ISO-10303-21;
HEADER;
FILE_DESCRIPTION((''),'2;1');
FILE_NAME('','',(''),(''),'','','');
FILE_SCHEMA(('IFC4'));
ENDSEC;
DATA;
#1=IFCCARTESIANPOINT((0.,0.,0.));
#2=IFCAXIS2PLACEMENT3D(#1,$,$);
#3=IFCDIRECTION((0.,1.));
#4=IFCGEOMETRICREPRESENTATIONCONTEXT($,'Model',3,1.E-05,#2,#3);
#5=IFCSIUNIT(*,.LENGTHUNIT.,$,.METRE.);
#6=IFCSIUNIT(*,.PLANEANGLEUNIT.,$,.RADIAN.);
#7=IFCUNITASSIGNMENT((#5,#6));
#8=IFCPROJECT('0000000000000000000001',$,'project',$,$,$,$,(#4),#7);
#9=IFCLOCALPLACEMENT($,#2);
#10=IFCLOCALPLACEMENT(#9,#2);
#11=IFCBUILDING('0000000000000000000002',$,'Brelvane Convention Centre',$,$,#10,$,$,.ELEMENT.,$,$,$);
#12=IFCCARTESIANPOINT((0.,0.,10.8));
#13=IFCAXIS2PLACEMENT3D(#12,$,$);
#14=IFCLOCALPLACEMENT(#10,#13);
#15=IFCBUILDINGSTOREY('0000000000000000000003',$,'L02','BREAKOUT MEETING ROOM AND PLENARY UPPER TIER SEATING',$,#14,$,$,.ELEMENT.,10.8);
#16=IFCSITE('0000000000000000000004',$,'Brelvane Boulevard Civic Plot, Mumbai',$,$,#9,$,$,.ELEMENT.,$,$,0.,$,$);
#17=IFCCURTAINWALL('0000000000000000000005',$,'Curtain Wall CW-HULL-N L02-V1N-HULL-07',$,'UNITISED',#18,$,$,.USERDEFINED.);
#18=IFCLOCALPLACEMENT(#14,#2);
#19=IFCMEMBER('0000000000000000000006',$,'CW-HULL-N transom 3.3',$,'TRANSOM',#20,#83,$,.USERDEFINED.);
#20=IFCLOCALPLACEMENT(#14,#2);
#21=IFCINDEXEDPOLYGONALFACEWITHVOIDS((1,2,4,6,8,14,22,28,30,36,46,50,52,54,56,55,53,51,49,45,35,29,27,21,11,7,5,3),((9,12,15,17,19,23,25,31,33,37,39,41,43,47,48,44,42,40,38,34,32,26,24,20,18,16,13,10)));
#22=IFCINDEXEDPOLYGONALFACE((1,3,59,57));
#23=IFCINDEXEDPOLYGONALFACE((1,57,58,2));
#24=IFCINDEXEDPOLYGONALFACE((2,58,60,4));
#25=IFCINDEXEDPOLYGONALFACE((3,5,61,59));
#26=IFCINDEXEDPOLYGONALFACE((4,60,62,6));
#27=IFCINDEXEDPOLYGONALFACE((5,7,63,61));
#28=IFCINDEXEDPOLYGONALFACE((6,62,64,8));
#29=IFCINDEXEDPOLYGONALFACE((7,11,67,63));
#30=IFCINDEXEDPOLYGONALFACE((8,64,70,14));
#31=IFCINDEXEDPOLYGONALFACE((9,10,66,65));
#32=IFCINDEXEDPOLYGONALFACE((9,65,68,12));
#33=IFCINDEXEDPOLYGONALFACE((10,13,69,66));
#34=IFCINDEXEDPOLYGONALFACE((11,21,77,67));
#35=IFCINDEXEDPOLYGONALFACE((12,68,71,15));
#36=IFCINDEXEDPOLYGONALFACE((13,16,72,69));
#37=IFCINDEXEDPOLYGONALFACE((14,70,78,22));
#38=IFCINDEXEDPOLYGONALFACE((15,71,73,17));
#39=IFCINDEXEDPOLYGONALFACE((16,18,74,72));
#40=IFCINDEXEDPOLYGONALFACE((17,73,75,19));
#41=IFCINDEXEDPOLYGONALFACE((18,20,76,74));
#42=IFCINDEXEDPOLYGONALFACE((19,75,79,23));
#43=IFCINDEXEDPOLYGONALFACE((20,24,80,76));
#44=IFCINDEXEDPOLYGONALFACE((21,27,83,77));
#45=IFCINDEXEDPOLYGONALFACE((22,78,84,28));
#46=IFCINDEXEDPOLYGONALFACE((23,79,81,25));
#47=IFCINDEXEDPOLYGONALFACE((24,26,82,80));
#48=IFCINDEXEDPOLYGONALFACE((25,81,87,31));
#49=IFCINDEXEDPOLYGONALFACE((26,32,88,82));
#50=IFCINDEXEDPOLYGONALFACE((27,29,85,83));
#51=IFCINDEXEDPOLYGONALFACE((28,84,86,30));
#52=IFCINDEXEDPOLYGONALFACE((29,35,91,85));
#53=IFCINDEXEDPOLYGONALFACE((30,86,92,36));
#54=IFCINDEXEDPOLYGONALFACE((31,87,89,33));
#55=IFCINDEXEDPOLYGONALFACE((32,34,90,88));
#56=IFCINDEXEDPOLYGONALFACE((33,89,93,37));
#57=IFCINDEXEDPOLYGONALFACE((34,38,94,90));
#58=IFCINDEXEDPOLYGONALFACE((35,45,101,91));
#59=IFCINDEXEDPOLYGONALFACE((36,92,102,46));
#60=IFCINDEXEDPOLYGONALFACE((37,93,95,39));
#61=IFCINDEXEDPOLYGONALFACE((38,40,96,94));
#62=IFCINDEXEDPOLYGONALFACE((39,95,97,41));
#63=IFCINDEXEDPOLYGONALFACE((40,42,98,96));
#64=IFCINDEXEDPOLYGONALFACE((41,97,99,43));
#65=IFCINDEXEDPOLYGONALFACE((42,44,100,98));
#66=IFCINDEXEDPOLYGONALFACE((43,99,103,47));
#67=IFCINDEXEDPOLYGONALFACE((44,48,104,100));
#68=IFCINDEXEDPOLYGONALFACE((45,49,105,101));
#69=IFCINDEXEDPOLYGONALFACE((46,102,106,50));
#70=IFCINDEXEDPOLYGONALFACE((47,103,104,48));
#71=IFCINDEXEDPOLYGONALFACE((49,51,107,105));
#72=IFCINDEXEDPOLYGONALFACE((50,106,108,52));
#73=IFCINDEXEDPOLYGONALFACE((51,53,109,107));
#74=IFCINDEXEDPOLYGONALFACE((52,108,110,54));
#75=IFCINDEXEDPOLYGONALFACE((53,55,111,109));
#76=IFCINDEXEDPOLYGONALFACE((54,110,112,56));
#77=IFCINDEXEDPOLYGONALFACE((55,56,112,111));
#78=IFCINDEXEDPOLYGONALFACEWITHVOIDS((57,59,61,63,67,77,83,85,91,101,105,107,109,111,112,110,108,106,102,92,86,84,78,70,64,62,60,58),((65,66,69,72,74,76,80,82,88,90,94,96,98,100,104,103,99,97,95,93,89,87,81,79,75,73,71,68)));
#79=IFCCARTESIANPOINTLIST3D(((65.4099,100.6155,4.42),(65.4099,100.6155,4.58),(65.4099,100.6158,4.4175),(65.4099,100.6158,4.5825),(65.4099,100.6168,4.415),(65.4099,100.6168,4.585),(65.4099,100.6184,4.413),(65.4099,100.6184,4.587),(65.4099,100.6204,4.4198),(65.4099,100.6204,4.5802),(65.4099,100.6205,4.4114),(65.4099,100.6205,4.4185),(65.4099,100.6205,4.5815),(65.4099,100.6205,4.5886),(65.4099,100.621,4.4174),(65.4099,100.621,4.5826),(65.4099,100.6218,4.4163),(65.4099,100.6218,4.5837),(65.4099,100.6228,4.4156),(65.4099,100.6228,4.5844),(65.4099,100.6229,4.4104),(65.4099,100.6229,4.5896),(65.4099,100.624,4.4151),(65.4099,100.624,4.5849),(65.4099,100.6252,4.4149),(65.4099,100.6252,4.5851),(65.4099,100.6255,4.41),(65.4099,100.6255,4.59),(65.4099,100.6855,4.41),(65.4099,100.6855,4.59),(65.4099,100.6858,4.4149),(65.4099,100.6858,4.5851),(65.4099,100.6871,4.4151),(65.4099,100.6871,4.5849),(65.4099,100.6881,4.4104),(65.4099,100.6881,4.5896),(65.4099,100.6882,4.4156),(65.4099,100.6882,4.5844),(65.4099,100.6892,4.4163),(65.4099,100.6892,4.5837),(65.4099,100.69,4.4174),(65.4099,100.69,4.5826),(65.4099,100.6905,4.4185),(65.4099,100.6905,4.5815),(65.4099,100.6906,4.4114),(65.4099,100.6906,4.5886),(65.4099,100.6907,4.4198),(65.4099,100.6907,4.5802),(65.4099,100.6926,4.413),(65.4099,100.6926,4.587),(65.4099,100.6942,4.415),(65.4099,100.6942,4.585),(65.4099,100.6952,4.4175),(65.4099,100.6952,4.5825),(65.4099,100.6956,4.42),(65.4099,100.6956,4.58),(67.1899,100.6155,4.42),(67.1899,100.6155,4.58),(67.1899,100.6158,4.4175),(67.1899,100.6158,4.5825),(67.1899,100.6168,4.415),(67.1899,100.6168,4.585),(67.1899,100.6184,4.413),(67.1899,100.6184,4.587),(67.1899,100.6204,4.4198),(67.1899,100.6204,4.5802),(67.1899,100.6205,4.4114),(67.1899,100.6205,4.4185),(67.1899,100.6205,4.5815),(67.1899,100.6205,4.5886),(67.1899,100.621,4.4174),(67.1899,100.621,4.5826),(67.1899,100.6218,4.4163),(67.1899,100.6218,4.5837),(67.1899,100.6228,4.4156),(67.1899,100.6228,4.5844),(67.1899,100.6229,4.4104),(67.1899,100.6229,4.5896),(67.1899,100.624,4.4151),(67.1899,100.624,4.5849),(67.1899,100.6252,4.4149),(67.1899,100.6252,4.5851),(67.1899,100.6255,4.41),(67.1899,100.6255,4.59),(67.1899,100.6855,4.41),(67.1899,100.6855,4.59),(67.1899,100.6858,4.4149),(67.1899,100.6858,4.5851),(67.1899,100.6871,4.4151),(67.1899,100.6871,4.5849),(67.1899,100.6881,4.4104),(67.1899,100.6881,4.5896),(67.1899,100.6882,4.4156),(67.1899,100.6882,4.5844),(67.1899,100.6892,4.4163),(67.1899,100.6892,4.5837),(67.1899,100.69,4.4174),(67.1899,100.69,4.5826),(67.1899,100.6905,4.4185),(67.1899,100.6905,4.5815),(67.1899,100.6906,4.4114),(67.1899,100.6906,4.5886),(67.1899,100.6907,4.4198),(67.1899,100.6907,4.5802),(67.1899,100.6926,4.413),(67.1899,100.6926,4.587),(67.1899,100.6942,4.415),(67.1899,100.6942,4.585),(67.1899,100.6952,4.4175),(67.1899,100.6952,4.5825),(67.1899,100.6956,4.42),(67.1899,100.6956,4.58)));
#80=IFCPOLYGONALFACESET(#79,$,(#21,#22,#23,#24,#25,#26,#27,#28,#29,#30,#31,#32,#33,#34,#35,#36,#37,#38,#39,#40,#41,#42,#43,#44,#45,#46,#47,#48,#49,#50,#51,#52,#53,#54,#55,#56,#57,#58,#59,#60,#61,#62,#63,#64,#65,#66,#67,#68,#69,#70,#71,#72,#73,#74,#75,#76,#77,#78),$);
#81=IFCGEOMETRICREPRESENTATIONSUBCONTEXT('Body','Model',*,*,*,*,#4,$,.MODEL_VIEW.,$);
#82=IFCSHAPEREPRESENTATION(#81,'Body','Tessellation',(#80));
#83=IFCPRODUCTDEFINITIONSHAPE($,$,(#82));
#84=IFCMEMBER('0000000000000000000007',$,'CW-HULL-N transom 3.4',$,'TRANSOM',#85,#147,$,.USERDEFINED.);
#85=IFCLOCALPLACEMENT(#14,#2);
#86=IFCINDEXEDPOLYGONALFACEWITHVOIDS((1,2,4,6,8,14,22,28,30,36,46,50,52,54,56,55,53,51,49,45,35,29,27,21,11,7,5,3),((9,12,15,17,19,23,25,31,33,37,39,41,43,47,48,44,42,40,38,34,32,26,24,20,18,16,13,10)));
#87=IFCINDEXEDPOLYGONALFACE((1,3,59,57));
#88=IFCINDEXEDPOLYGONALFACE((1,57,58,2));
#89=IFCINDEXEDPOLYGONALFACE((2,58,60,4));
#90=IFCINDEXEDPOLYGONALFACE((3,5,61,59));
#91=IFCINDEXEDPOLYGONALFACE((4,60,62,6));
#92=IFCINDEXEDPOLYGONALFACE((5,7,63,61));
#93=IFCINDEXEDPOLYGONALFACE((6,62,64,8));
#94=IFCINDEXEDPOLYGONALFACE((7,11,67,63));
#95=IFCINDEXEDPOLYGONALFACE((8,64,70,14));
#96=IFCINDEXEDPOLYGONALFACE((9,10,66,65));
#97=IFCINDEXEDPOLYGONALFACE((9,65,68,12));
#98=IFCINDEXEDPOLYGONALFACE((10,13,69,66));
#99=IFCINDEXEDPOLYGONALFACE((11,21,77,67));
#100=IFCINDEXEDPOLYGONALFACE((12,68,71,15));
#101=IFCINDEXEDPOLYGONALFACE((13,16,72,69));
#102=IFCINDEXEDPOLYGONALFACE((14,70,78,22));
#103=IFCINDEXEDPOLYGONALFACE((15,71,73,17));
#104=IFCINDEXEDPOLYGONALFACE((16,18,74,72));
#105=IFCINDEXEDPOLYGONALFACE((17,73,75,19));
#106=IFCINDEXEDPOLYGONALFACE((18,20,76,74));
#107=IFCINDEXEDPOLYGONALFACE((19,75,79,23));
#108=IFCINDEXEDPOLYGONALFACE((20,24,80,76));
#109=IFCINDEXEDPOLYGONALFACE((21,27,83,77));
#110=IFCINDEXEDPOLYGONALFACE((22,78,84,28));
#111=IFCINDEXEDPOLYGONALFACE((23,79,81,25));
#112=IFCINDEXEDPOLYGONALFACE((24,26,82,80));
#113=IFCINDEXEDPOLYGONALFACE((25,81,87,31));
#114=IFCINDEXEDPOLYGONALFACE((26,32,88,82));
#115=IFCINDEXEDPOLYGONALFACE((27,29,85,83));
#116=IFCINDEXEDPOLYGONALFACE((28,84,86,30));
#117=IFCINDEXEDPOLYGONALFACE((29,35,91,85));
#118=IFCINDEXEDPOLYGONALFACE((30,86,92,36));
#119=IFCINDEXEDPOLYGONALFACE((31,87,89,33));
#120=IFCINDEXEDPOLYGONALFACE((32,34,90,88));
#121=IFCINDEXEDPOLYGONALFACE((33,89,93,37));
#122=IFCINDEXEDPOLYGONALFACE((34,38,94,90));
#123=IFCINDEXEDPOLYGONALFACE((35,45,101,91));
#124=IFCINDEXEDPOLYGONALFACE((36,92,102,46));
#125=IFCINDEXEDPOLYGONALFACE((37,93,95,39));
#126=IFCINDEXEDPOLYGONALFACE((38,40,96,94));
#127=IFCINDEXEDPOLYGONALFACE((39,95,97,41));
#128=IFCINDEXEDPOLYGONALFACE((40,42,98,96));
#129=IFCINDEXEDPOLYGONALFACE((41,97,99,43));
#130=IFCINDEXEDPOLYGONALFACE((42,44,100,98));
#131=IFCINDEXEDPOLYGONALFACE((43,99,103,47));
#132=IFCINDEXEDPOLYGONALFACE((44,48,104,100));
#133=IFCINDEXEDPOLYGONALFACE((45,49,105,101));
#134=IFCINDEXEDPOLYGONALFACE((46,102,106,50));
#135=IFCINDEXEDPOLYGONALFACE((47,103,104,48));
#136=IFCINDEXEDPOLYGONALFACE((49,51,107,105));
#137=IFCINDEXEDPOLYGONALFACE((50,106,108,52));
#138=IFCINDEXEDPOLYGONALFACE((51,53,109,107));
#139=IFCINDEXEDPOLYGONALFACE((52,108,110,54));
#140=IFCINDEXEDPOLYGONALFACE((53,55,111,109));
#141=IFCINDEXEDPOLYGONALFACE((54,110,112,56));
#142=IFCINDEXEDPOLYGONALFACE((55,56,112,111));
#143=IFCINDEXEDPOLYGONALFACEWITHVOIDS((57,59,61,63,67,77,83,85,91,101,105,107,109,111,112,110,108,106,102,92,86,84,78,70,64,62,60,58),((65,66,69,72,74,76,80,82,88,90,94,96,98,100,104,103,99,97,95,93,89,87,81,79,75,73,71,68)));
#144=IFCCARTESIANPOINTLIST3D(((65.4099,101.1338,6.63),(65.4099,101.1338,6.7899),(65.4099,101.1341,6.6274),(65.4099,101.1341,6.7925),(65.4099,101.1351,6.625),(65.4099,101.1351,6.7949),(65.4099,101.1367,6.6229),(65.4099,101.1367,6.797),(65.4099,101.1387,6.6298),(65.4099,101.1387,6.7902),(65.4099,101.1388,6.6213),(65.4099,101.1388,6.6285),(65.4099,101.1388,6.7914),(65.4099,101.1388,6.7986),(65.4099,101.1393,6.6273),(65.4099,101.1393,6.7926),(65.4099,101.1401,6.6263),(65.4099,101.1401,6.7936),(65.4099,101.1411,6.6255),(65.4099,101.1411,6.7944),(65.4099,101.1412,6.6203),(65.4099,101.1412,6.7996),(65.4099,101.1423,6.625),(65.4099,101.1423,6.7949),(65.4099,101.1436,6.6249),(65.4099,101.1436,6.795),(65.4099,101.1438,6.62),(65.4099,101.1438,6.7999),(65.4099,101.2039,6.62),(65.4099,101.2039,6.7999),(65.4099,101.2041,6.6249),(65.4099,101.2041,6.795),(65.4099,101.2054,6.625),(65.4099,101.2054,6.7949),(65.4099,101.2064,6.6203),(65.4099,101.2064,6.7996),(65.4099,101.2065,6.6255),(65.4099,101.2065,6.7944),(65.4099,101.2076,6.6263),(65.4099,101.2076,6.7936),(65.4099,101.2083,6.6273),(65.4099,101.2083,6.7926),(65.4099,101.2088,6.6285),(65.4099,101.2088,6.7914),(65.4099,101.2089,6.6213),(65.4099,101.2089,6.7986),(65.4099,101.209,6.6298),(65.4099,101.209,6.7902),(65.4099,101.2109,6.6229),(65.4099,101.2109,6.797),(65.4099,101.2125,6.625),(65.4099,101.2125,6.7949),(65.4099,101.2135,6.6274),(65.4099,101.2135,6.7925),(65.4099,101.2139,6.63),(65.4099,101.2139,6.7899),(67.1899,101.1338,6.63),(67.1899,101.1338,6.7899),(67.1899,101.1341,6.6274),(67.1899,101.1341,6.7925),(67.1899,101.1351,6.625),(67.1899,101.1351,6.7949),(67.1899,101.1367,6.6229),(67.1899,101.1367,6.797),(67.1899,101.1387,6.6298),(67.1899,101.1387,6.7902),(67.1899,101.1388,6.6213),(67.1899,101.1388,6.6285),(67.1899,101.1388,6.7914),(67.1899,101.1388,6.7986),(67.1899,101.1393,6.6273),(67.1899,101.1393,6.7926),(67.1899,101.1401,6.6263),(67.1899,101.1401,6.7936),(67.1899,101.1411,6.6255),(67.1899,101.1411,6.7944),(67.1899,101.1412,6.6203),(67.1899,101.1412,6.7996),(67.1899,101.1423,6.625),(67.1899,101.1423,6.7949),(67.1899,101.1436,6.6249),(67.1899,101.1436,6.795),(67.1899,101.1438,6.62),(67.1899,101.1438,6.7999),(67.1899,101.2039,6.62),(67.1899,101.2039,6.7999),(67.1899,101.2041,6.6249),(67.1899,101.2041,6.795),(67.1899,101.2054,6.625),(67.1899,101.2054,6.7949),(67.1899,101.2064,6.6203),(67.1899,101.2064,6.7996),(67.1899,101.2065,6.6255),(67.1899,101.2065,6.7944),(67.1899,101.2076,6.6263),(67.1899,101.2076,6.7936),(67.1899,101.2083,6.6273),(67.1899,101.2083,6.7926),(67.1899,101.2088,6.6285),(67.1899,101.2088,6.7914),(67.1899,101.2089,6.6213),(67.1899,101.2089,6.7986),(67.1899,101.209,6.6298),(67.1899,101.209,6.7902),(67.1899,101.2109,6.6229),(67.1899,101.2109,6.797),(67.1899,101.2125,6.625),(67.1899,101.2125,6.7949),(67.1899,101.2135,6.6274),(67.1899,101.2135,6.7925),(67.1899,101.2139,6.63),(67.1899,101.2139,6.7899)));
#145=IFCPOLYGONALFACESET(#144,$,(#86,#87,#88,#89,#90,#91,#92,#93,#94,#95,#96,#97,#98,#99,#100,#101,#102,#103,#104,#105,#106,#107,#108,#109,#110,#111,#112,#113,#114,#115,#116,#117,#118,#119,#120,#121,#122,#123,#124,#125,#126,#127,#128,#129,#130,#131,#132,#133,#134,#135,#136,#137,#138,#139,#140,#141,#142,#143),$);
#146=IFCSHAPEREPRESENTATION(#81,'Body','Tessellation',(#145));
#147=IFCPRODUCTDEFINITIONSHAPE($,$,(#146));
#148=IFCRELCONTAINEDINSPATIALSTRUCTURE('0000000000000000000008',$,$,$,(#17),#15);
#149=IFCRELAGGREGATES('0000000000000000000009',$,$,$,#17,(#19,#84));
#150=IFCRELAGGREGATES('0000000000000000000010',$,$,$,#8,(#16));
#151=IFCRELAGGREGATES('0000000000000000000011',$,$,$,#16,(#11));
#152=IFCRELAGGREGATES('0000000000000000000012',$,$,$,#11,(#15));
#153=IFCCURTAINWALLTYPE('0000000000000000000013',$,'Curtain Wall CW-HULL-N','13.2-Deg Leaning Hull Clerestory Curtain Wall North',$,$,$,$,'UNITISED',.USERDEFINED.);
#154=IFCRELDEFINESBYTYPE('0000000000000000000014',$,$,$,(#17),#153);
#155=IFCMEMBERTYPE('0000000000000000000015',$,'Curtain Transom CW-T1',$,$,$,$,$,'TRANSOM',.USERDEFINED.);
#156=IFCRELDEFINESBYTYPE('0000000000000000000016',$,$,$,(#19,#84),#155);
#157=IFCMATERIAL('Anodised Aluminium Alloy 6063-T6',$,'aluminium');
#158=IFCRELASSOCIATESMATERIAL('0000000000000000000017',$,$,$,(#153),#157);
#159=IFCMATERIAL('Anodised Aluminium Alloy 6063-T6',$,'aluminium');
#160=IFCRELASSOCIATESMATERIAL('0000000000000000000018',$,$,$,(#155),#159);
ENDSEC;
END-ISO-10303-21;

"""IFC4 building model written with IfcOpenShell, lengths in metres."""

from ifc_helpers import new_model, si_unit, direction, frame, origin, origin_2d, place, context, subcontext, project, spatial, hollow_rectangle, extrude, material, material_profile, profile_set, type_object, element, aggregate, save


model = new_model("IFC4")

# Units and contexts
model_context = context("Model", 3, precision=1e-05, world=origin(), true_north=direction((0.0, 1.0)))
body_context = subcontext(model_context, "Body", "Model", "MODEL_VIEW")
ifc_project = project(units=[si_unit("LENGTHUNIT", "METRE"), si_unit("PLANEANGLEUNIT", "RADIAN")], contexts=[model_context])

# Site, building, storey
site_placement = place(None, origin())
site = spatial("IfcSite", under=ifc_project, at=site_placement, Name="Brelvane Boulevard Civic Plot, Mumbai", CompositionType="ELEMENT", RefElevation=0.0)
building_placement = place(site_placement, origin())
building = spatial("IfcBuilding", under=site, at=building_placement, Name="Brelvane Convention Centre", CompositionType="ELEMENT")
storey_placement = place(building_placement, frame((0.0, 0.0, 10.8)))
storey = spatial("IfcBuildingStorey", under=building, at=storey_placement, Name="L02", Description="BREAKOUT MEETING ROOM AND PLENARY UPPER TIER SEATING", CompositionType="ELEMENT", Elevation=10.8)

# Curtain wall, members
ifc_material_1 = material(Name="Anodised Aluminium Alloy 6063-T6", Category="aluminium")
curtain_wall_type_1 = type_object("IfcCurtainWallType", Name="Curtain Wall CW-HULL-N", Description="13.2-Deg Leaning Hull Clerestory Curtain Wall North", ElementType="UNITISED", PredefinedType="USERDEFINED", material=ifc_material_1)
curtain_wall_1_placement = place(storey_placement, origin())
curtain_wall_1 = element("IfcCurtainWall", 1, at=curtain_wall_1_placement, inside=storey, type_object=curtain_wall_type_1, Name="Curtain Wall CW-HULL-N L02-V1N-HULL-07", ObjectType="UNITISED", PredefinedType="USERDEFINED")
ifc_material_2 = material(Name="Anodised Aluminium Alloy 6063-T6", Category="aluminium")
ifc_material_profile_1 = material_profile(ifc_material_2, hollow_rectangle(XDim=0.0801, YDim=0.1799, WallThickness=0.0049, InnerFilletRadius=0.0049, OuterFilletRadius=0.01, at=origin_2d()), Name="ALU-T 180x80x5.0")
ifc_profile_set_1 = profile_set([ifc_material_profile_1], Name="Anodised Aluminium Alloy 6063-T6")
member_type_1 = type_object("IfcMemberType", Name="Curtain Transom CW-T1", ElementType="TRANSOM", PredefinedType="USERDEFINED", material=ifc_profile_set_1)
member_1_placement = place(storey_placement, frame((65.4099, 100.6555, 4.5), z_axis=(1.0, 0.0, 0.0), x_axis=(0.0, 1.0, 0.0)))
member_1 = element("IfcMember", 2, at=member_1_placement, type_object=member_type_1, Name="CW-HULL-N transom 3.3", ObjectType="TRANSOM", PredefinedType="USERDEFINED", context=body_context, shape_type="SweptSolid", body=[
    extrude(hollow_rectangle(XDim=0.0801, YDim=0.1799, WallThickness=0.0049, InnerFilletRadius=0.0049, OuterFilletRadius=0.01, at=origin_2d()), origin(), (0.0, 0.0, 1.0), 1.78),
])
member_2_placement = place(storey_placement, frame((65.4099, 101.1738, 6.71), z_axis=(1.0, 0.0, 0.0), x_axis=(0.0, 1.0, 0.0)))
member_2 = element("IfcMember", 3, at=member_2_placement, type_object=member_type_1, Name="CW-HULL-N transom 3.4", ObjectType="TRANSOM", PredefinedType="USERDEFINED", context=body_context, shape_type="SweptSolid", body=[
    extrude(hollow_rectangle(XDim=0.0801, YDim=0.1799, WallThickness=0.0049, InnerFilletRadius=0.0049, OuterFilletRadius=0.01, at=origin_2d()), origin(), (0.0, 0.0, 1.0), 1.78),
])

aggregate(curtain_wall_1, [member_1, member_2])

save(model, "model.ifc")
